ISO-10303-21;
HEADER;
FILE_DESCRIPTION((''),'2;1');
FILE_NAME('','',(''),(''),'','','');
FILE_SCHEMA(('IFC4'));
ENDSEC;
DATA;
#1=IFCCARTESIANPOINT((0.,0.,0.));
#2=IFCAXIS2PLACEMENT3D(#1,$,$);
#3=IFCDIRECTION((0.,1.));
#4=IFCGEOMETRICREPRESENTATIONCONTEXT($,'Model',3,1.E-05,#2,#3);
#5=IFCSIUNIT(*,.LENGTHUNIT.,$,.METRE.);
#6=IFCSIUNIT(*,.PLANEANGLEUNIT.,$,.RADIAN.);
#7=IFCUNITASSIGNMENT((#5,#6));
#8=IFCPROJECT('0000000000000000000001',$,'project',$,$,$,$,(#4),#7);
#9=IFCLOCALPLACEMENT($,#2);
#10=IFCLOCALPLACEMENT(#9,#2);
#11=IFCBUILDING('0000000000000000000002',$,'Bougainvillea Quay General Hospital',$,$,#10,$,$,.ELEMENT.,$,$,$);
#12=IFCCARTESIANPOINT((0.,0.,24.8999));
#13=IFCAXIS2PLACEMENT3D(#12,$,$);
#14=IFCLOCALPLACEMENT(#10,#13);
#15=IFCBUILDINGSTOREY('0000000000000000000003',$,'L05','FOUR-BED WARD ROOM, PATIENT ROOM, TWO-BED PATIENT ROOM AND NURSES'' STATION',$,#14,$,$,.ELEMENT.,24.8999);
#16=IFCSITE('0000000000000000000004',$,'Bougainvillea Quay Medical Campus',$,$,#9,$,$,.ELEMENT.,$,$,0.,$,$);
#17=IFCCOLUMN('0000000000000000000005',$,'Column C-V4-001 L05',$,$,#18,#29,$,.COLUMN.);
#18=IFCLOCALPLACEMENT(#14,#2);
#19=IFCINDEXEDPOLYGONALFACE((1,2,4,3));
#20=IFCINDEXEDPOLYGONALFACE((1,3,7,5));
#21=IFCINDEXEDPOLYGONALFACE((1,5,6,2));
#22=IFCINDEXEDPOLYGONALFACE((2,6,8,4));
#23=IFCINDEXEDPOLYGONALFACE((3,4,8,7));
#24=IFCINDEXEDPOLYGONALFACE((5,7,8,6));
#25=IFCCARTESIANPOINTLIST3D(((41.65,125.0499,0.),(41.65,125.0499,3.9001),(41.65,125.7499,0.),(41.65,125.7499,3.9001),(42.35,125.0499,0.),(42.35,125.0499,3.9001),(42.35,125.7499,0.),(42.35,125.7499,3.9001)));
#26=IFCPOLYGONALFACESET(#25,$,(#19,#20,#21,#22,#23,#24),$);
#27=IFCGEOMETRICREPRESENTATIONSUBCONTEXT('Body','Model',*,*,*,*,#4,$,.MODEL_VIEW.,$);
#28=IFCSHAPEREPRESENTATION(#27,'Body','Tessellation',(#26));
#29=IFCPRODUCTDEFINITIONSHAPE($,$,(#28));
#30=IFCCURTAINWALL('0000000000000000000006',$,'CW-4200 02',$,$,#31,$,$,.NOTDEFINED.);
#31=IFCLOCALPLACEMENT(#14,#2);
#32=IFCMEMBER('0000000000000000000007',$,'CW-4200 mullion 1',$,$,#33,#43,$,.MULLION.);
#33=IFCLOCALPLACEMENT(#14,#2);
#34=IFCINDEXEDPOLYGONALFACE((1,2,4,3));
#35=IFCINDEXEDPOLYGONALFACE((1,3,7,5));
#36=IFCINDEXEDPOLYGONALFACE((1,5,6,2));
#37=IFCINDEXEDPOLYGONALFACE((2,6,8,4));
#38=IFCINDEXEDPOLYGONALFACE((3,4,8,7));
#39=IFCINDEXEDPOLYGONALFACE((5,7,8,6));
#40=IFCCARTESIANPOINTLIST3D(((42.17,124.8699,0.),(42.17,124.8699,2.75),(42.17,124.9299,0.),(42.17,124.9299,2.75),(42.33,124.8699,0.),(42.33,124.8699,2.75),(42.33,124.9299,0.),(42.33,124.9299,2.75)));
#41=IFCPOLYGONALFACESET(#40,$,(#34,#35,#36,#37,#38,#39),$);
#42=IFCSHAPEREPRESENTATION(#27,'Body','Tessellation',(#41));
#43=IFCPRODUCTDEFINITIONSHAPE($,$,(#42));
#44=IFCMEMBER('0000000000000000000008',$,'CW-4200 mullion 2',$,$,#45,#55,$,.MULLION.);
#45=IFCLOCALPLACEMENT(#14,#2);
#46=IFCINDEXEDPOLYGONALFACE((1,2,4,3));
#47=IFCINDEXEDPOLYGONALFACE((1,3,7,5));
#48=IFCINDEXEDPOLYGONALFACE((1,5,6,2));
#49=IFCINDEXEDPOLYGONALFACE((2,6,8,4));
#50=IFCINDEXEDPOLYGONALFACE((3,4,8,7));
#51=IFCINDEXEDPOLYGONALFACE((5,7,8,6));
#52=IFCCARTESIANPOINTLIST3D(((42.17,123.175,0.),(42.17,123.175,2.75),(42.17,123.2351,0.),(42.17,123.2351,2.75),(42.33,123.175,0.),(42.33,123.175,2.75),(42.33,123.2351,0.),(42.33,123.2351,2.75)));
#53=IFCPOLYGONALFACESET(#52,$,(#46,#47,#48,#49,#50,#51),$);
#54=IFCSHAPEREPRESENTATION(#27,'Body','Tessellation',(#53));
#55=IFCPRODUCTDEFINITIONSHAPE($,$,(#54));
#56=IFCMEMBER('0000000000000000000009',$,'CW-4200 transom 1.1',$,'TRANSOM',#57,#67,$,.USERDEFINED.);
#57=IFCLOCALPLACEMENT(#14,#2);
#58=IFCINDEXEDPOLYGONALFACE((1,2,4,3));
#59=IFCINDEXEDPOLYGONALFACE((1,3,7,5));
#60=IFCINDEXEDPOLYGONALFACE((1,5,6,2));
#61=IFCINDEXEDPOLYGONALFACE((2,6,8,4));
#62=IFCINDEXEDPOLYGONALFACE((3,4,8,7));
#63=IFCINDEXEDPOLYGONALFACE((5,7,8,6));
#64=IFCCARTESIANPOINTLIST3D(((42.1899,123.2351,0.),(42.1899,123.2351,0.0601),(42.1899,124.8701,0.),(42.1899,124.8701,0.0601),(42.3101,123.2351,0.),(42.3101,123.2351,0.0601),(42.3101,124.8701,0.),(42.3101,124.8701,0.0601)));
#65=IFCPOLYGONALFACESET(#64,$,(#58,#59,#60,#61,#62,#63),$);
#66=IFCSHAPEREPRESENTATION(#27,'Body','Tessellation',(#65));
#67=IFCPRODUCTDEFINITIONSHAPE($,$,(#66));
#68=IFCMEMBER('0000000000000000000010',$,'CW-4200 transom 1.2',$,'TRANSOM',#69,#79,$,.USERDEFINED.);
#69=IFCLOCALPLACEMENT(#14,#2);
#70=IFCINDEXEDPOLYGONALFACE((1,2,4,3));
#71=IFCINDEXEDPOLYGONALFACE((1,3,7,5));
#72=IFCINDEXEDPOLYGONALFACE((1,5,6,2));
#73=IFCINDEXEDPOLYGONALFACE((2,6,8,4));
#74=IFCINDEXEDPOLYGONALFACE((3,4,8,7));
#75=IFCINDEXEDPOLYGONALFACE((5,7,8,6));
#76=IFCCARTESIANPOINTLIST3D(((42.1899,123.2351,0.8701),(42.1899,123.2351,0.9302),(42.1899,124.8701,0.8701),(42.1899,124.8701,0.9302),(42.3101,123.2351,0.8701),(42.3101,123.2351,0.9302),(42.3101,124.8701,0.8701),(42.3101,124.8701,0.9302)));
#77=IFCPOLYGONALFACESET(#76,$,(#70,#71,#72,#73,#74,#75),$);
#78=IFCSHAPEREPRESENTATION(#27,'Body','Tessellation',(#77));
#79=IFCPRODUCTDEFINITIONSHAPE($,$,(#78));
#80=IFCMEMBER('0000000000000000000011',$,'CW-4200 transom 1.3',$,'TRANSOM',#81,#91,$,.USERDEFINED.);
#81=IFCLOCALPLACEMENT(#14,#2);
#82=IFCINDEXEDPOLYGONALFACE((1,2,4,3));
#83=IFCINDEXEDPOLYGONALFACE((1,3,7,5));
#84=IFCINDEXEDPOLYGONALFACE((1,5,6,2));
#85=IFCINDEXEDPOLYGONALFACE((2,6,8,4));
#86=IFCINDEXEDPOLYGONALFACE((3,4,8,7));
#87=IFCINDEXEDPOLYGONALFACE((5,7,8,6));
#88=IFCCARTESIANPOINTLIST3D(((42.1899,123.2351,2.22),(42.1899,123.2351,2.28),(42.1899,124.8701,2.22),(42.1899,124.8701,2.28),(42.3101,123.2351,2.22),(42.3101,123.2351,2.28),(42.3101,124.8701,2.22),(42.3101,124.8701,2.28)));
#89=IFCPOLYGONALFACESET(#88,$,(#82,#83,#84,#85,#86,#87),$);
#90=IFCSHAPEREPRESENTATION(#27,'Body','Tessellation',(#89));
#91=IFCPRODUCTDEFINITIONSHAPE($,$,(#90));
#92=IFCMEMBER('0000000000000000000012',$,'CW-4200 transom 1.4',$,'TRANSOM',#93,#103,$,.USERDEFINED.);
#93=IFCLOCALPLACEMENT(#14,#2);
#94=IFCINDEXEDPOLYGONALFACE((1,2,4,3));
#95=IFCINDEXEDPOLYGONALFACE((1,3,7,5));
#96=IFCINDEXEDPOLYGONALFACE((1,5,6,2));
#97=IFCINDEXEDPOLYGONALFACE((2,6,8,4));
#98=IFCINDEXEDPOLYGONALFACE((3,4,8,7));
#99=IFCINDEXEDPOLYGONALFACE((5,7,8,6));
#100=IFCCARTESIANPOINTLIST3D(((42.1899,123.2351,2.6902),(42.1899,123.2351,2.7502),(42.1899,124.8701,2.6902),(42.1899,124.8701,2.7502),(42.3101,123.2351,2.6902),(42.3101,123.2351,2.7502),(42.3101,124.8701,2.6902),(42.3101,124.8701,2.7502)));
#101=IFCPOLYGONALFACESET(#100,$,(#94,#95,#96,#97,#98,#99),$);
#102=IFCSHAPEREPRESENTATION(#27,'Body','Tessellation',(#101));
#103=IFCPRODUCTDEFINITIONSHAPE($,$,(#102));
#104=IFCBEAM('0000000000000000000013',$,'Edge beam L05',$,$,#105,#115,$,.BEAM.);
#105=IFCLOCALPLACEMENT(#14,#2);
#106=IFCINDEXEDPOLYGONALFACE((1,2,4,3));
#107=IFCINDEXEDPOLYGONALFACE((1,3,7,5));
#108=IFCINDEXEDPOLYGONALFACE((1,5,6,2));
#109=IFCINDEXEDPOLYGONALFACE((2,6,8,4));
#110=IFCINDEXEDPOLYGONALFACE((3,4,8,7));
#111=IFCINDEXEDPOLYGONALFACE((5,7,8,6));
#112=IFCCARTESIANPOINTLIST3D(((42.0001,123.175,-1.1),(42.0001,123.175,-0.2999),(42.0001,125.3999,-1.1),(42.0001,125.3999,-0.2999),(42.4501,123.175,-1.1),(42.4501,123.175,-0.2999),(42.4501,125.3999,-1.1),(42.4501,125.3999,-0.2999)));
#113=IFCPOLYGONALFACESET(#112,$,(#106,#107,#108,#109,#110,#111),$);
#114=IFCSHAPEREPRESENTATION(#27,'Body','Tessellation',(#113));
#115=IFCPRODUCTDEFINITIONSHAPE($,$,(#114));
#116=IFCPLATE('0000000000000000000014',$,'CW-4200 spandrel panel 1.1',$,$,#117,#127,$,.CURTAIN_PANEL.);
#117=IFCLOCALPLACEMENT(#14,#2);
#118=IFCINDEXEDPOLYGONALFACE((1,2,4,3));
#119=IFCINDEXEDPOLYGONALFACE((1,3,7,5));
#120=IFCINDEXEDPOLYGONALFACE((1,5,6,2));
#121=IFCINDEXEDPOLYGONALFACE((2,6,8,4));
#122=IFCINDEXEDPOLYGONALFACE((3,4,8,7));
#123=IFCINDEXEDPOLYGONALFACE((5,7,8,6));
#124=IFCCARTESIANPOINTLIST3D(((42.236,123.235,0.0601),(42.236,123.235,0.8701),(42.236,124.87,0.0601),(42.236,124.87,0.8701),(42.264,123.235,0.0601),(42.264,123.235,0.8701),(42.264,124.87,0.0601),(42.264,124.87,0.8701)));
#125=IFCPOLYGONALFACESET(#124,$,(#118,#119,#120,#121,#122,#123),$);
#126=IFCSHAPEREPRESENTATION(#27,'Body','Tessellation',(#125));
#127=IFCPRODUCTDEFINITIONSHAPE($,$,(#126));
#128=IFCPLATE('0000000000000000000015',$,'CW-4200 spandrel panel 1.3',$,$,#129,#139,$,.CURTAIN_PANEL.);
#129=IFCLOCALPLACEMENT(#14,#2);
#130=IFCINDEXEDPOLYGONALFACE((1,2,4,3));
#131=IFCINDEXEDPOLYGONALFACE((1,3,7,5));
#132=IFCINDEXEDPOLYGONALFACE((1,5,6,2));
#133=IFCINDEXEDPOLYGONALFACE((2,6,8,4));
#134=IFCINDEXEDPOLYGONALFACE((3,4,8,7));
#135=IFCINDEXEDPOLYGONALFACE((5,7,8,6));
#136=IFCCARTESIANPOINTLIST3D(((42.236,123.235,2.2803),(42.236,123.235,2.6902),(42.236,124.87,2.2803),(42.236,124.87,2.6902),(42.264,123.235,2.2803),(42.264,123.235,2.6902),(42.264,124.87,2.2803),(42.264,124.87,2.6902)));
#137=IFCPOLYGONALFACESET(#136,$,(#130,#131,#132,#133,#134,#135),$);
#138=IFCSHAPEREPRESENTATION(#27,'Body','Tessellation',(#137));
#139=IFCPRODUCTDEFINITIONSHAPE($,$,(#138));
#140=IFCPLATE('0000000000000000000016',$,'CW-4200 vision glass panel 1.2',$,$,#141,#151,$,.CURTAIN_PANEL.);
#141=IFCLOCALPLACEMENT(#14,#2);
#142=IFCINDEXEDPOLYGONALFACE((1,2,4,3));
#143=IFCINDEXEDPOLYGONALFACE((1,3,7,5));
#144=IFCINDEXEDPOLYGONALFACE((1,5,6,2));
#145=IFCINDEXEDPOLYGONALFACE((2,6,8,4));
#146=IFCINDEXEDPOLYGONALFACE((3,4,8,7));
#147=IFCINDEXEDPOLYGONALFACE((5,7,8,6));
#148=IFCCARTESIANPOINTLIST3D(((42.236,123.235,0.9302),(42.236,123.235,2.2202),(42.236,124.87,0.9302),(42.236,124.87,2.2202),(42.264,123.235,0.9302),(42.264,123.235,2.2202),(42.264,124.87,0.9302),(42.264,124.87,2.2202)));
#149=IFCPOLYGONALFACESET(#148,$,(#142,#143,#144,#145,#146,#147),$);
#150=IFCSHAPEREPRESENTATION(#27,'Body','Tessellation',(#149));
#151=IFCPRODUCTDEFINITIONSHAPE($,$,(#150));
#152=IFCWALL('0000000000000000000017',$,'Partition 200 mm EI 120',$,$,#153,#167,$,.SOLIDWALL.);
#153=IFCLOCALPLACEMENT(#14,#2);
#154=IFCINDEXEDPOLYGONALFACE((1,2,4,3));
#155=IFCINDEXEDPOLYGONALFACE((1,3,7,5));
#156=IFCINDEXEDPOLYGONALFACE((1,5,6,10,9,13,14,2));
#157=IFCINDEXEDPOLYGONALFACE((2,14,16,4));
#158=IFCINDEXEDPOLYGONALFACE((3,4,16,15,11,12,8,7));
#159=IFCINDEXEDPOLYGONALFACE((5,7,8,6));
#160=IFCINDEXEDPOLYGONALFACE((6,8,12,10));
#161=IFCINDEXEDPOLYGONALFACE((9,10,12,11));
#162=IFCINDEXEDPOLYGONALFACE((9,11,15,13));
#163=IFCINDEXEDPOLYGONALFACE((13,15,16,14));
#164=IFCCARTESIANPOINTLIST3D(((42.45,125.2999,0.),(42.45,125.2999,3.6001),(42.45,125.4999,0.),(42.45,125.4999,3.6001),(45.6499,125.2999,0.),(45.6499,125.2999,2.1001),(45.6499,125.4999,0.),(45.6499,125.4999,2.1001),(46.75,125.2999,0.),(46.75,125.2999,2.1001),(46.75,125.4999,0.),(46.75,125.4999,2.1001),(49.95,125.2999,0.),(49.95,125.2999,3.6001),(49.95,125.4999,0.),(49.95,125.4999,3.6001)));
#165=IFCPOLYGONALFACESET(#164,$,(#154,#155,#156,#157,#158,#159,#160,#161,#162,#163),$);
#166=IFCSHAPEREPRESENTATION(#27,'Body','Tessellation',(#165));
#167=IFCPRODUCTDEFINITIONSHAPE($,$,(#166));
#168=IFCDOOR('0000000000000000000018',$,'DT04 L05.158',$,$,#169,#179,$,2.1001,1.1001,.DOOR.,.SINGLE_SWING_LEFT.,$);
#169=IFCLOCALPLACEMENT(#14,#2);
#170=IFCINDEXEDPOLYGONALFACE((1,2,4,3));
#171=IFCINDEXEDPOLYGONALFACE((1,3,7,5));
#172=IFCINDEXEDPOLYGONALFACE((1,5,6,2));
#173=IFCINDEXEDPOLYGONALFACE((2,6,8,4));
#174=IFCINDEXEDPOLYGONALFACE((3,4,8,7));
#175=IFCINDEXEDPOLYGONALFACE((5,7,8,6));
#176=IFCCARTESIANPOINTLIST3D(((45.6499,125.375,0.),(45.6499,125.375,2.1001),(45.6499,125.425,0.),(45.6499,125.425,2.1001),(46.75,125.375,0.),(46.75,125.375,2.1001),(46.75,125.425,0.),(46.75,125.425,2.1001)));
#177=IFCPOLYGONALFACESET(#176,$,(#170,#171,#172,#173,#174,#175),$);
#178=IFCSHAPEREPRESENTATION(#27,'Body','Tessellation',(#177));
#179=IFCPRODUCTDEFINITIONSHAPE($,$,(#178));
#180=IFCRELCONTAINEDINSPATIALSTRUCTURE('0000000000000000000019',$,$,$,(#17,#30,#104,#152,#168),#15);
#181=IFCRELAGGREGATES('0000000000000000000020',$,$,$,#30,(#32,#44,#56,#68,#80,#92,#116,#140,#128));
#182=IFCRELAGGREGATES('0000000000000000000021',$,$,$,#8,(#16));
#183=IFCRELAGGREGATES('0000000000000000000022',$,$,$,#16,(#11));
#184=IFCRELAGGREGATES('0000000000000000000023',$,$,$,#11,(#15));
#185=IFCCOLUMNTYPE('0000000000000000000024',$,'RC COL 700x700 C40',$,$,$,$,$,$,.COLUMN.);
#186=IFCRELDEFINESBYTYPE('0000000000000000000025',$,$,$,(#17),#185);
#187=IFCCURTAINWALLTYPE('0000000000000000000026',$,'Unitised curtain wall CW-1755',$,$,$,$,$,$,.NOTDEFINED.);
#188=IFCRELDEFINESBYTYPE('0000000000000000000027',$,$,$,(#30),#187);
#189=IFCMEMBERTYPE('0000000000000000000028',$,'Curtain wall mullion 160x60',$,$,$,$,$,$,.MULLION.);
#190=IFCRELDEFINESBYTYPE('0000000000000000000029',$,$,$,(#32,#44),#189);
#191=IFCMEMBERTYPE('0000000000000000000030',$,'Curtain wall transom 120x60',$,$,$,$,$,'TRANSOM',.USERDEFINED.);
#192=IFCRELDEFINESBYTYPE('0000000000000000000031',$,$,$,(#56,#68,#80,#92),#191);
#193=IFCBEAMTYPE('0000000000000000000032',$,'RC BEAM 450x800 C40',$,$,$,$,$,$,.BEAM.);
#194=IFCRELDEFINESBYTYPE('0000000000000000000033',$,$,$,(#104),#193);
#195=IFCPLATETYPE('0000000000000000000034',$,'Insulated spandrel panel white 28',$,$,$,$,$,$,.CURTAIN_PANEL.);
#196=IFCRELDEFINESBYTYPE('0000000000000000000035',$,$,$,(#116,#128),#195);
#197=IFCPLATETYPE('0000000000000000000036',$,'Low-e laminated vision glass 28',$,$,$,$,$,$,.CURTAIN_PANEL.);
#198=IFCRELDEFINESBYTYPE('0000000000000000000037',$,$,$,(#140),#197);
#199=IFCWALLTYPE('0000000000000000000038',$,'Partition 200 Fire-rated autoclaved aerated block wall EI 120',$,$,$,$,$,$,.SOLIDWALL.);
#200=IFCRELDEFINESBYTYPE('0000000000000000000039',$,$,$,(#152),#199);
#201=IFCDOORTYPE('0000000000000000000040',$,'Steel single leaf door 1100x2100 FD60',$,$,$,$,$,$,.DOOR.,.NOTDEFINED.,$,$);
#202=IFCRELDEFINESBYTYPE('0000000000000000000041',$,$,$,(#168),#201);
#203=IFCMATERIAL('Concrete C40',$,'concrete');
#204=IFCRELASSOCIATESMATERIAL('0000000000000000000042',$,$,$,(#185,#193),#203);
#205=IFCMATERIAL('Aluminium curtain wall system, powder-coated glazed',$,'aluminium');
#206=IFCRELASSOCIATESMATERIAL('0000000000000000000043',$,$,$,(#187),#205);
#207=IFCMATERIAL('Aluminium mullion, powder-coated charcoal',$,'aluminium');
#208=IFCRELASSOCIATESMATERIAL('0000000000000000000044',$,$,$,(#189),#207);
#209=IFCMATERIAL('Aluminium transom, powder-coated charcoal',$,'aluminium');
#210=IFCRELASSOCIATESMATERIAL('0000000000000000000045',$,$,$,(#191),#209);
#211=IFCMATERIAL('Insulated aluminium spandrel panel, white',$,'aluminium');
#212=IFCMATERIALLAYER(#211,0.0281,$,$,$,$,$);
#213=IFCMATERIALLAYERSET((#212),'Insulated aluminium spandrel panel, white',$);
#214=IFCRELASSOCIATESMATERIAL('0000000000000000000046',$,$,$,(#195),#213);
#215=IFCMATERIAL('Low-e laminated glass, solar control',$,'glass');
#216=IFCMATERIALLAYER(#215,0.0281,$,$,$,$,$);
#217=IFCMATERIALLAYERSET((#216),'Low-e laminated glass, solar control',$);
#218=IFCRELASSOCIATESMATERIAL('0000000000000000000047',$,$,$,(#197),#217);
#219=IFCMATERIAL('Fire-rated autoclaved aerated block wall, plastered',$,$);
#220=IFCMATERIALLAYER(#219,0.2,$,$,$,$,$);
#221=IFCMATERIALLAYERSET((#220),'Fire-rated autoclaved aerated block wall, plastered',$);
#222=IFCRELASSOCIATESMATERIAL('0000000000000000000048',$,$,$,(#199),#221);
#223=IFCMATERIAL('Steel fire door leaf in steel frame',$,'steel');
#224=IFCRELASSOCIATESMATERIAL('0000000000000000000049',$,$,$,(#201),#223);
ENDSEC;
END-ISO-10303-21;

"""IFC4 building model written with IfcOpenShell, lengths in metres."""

from ifc_helpers import new_model, si_unit, direction, frame, frame_2d, origin, origin_2d, place, context, subcontext, project, spatial, rectangle, extrude, material, layer, layer_set, material_profile, profile_set, type_object, element, fill, aggregate, save


model = new_model("IFC4")

# Units and contexts
model_context = context("Model", 3, precision=1e-05, world=origin(), true_north=direction((0.0, 1.0)))
body_context = subcontext(model_context, "Body", "Model", "MODEL_VIEW")
ifc_project = project(units=[si_unit("LENGTHUNIT", "METRE"), si_unit("PLANEANGLEUNIT", "RADIAN")], contexts=[model_context])

# Site, building, storey
site_placement = place(None, origin())
site = spatial("IfcSite", under=ifc_project, at=site_placement, Name="Bougainvillea Quay Medical Campus", CompositionType="ELEMENT", RefElevation=0.0)
building_placement = place(site_placement, origin())
building = spatial("IfcBuilding", under=site, at=building_placement, Name="Bougainvillea Quay General Hospital", CompositionType="ELEMENT")
storey_placement = place(building_placement, frame((0.0, 0.0, 24.8999)))
storey = spatial("IfcBuildingStorey", under=building, at=storey_placement, Name="L05", Description="FOUR-BED WARD ROOM, PATIENT ROOM, TWO-BED PATIENT ROOM AND NURSES' STATION", CompositionType="ELEMENT", Elevation=24.8999)

# Column
ifc_material_1 = material(Name="Concrete C40", Category="concrete")
ifc_material_profile_1 = material_profile(ifc_material_1, rectangle(XDim=0.7, YDim=0.7, at=origin_2d()))
ifc_profile_set_1 = profile_set([ifc_material_profile_1], Name="Concrete C40")
column_type = type_object("IfcColumnType", Name="RC COL 700x700 C40", PredefinedType="COLUMN", material=ifc_profile_set_1)
column_placement = place(storey_placement, frame((42.0, 125.3999, 0.0), z_axis=(0.0, 0.0, 1.0), x_axis=(1.0, 0.0, 0.0)))
element("IfcColumn", 1, at=column_placement, inside=storey, type_object=column_type, Name="Column C-V4-001 L05", PredefinedType="COLUMN", context=body_context, shape_type="SweptSolid", body=[
    extrude(rectangle(XDim=0.7, YDim=0.7, at=origin_2d()), origin(), (0.0, 0.0, 1.0), 3.9001),
])

# Curtain wall, members
ifc_material_2 = material(Name="Aluminium curtain wall system, powder-coated glazed", Category="aluminium")
curtain_wall_type = type_object("IfcCurtainWallType", Name="Unitised curtain wall CW-1755", PredefinedType="NOTDEFINED", material=ifc_material_2)
curtain_wall_placement = place(storey_placement, origin())
curtain_wall = element("IfcCurtainWall", 2, at=curtain_wall_placement, inside=storey, type_object=curtain_wall_type, Name="CW-4200 02", PredefinedType="NOTDEFINED")
ifc_material_3 = material(Name="Aluminium mullion, powder-coated charcoal", Category="aluminium")
ifc_material_profile_2 = material_profile(ifc_material_3, rectangle(XDim=0.1599, YDim=0.0601, at=origin_2d()))
ifc_profile_set_2 = profile_set([ifc_material_profile_2], Name="Aluminium mullion, powder-coated charcoal")
member_type_1 = type_object("IfcMemberType", Name="Curtain wall mullion 160x60", PredefinedType="MULLION", material=ifc_profile_set_2)
member_1_placement = place(storey_placement, frame((42.25, 124.8999, 0.0), z_axis=(0.0, 0.0, 1.0), x_axis=(1.0, 0.0, 0.0)))
member_1 = element("IfcMember", 3, at=member_1_placement, type_object=member_type_1, Name="CW-4200 mullion 1", PredefinedType="MULLION", context=body_context, shape_type="SweptSolid", body=[
    extrude(rectangle(XDim=0.1599, YDim=0.0601, at=origin_2d()), origin(), (0.0, 0.0, 1.0), 2.75),
])
member_2_placement = place(storey_placement, frame((42.25, 123.2051, 0.0), z_axis=(0.0, 0.0, 1.0), x_axis=(1.0, 0.0, 0.0)))
member_2 = element("IfcMember", 4, at=member_2_placement, type_object=member_type_1, Name="CW-4200 mullion 2", PredefinedType="MULLION", context=body_context, shape_type="SweptSolid", body=[
    extrude(rectangle(XDim=0.1599, YDim=0.0601, at=origin_2d()), origin(), (0.0, 0.0, 1.0), 2.75),
])
ifc_material_4 = material(Name="Aluminium transom, powder-coated charcoal", Category="aluminium")
ifc_material_profile_3 = material_profile(ifc_material_4, rectangle(XDim=0.1201, YDim=0.0601, at=origin_2d()))
ifc_profile_set_3 = profile_set([ifc_material_profile_3], Name="Aluminium transom, powder-coated charcoal")
member_type_2 = type_object("IfcMemberType", Name="Curtain wall transom 120x60", ElementType="TRANSOM", PredefinedType="USERDEFINED", material=ifc_profile_set_3)
member_3_placement = place(storey_placement, frame((42.25, 124.8701, 0.03), z_axis=(0.0, -1.0, 0.0), x_axis=(1.0, 0.0, 0.0)))
member_3 = element("IfcMember", 5, at=member_3_placement, type_object=member_type_2, Name="CW-4200 transom 1.1", ObjectType="TRANSOM", PredefinedType="USERDEFINED", context=body_context, shape_type="SweptSolid", body=[
    extrude(rectangle(XDim=0.1201, YDim=0.0601, at=origin_2d()), origin(), (0.0, 0.0, 1.0), 1.635),
])
member_4_placement = place(storey_placement, frame((42.25, 124.8701, 0.9001), z_axis=(0.0, -1.0, 0.0), x_axis=(1.0, 0.0, 0.0)))
member_4 = element("IfcMember", 6, at=member_4_placement, type_object=member_type_2, Name="CW-4200 transom 1.2", ObjectType="TRANSOM", PredefinedType="USERDEFINED", context=body_context, shape_type="SweptSolid", body=[
    extrude(rectangle(XDim=0.1201, YDim=0.0601, at=origin_2d()), origin(), (0.0, 0.0, 1.0), 1.635),
])
member_5_placement = place(storey_placement, frame((42.25, 124.8701, 2.25), z_axis=(0.0, -1.0, 0.0), x_axis=(1.0, 0.0, 0.0)))
member_5 = element("IfcMember", 7, at=member_5_placement, type_object=member_type_2, Name="CW-4200 transom 1.3", ObjectType="TRANSOM", PredefinedType="USERDEFINED", context=body_context, shape_type="SweptSolid", body=[
    extrude(rectangle(XDim=0.1201, YDim=0.0601, at=origin_2d()), origin(), (0.0, 0.0, 1.0), 1.635),
])
member_6_placement = place(storey_placement, frame((42.25, 124.8701, 2.7202), z_axis=(0.0, -1.0, 0.0), x_axis=(1.0, 0.0, 0.0)))
member_6 = element("IfcMember", 8, at=member_6_placement, type_object=member_type_2, Name="CW-4200 transom 1.4", ObjectType="TRANSOM", PredefinedType="USERDEFINED", context=body_context, shape_type="SweptSolid", body=[
    extrude(rectangle(XDim=0.1201, YDim=0.0601, at=origin_2d()), origin(), (0.0, 0.0, 1.0), 1.635),
])

# Beam
ifc_material_profile_4 = material_profile(ifc_material_1, rectangle(XDim=0.45, YDim=0.8, at=origin_2d()))
ifc_profile_set_4 = profile_set([ifc_material_profile_4], Name="Concrete C40")
beam_type = type_object("IfcBeamType", Name="RC BEAM 450x800 C40", PredefinedType="BEAM", material=ifc_profile_set_4)
beam_placement = place(storey_placement, frame((42.2251, 125.3999, -0.7), z_axis=(0.0, -1.0, 0.0), x_axis=(1.0, 0.0, 0.0)))
element("IfcBeam", 9, at=beam_placement, inside=storey, type_object=beam_type, Name="Edge beam L05", PredefinedType="BEAM", context=body_context, shape_type="SweptSolid", body=[
    extrude(rectangle(XDim=0.45, YDim=0.8, at=origin_2d()), origin(), (0.0, 0.0, 1.0), 2.2249),
])

# Plates
ifc_material_5 = material(Name="Insulated aluminium spandrel panel, white", Category="aluminium")
ifc_layer_1 = layer(ifc_material_5, 0.0281)
ifc_layer_set_1 = layer_set([ifc_layer_1], Name="Insulated aluminium spandrel panel, white")
plate_type_1 = type_object("IfcPlateType", Name="Insulated spandrel panel white 28", PredefinedType="CURTAIN_PANEL", material=ifc_layer_set_1)
plate_1_placement = place(storey_placement, frame((42.25, 124.0525, 0.0601), z_axis=(0.0, 0.0, 1.0), x_axis=(0.0, -1.0, 0.0)))
plate_1 = element("IfcPlate", 10, at=plate_1_placement, type_object=plate_type_1, Name="CW-4200 spandrel panel 1.1", PredefinedType="CURTAIN_PANEL", context=body_context, shape_type="SweptSolid", body=[
    extrude(rectangle(XDim=1.635, YDim=0.0281, at=origin_2d()), origin(), (0.0, 0.0, 1.0), 0.8101),
])
plate_2_placement = place(storey_placement, frame((42.25, 124.0525, 2.2803), z_axis=(0.0, 0.0, 1.0), x_axis=(0.0, -1.0, 0.0)))
plate_2 = element("IfcPlate", 11, at=plate_2_placement, type_object=plate_type_1, Name="CW-4200 spandrel panel 1.3", PredefinedType="CURTAIN_PANEL", context=body_context, shape_type="SweptSolid", body=[
    extrude(rectangle(XDim=1.635, YDim=0.0281, at=origin_2d()), origin(), (0.0, 0.0, 1.0), 0.4099),
])
ifc_material_6 = material(Name="Low-e laminated glass, solar control", Category="glass")
ifc_layer_2 = layer(ifc_material_6, 0.0281)
ifc_layer_set_2 = layer_set([ifc_layer_2], Name="Low-e laminated glass, solar control")
plate_type_2 = type_object("IfcPlateType", Name="Low-e laminated vision glass 28", PredefinedType="CURTAIN_PANEL", material=ifc_layer_set_2)
plate_3_placement = place(storey_placement, frame((42.25, 124.0525, 0.9302), z_axis=(0.0, 0.0, 1.0), x_axis=(0.0, -1.0, 0.0)))
plate_3 = element("IfcPlate", 12, at=plate_3_placement, type_object=plate_type_2, Name="CW-4200 vision glass panel 1.2", PredefinedType="CURTAIN_PANEL", context=body_context, shape_type="SweptSolid", body=[
    extrude(rectangle(XDim=1.635, YDim=0.0281, at=origin_2d()), origin(), (0.0, 0.0, 1.0), 1.29),
])
aggregate(curtain_wall, [member_1, member_2, member_3, member_4, member_5, member_6, plate_1, plate_3, plate_2])

# Wall, opening, door
ifc_material_7 = material(Name="Fire-rated autoclaved aerated block wall, plastered")
ifc_layer_3 = layer(ifc_material_7, 0.2)
ifc_layer_set_3 = layer_set([ifc_layer_3], Name="Fire-rated autoclaved aerated block wall, plastered")
wall_type_1 = type_object("IfcWallType", Name="Partition 200 Fire-rated autoclaved aerated block wall EI 120", PredefinedType="SOLIDWALL", material=ifc_layer_set_3)
wall_1_placement = place(storey_placement, frame((42.45, 125.3999, 0.0), z_axis=(0.0, 0.0, 1.0), x_axis=(1.0, 0.0, 0.0)))
wall_1 = element("IfcWall", 13, at=wall_1_placement, inside=storey, type_object=wall_type_1, Name="Partition 200 mm EI 120", PredefinedType="SOLIDWALL", context=body_context, shape_type="SweptSolid", body=[
    extrude(rectangle(XDim=7.5, YDim=0.2, at=frame_2d((3.75, 0.0))), origin(), (0.0, 0.0, 1.0), 3.6001),
])
opening_1_placement = place(wall_1_placement, frame((3.2, 0.0, 0.0)))
opening_1 = element("IfcOpeningElement", 14, at=opening_1_placement, cuts=wall_1, PredefinedType="OPENING", context=body_context, shape_type="SweptSolid", body=[
    extrude(rectangle(XDim=1.1001, YDim=2.1001, at=frame_2d((0.55, 1.05))), frame((0.0, 0.1099, 0.0), z_axis=(0.0, -1.0, 0.0), x_axis=(1.0, 0.0, 0.0)), (0.0, 0.0, 1.0), 0.22),
])
ifc_material_8 = material(Name="Steel fire door leaf in steel frame", Category="steel")
door_type = type_object("IfcDoorType", Name="Steel single leaf door 1100x2100 FD60", OperationType="NOTDEFINED", PredefinedType="DOOR", material=ifc_material_8)
door_1_placement = place(opening_1_placement, frame((1.1001, 0.0, 0.0), z_axis=(0.0, 0.0, 1.0), x_axis=(-1.0, 0.0, 0.0)))
door_1 = element("IfcDoor", 15, at=door_1_placement, inside=storey, type_object=door_type, Name="DT04 L05.158", OperationType="SINGLE_SWING_LEFT", OverallHeight=2.1001, OverallWidth=1.1001, PredefinedType="DOOR", context=body_context, shape_type="SweptSolid", body=[
    extrude(rectangle(XDim=1.1001, YDim=2.1001, at=frame_2d((0.55, 1.05))), frame((0.0, 0.0249, 0.0), z_axis=(0.0, -1.0, 0.0), x_axis=(1.0, 0.0, 0.0)), (0.0, 0.0, 1.0), 0.05),
])
fill(opening_1, door_1)

save(model, "model.ifc")
